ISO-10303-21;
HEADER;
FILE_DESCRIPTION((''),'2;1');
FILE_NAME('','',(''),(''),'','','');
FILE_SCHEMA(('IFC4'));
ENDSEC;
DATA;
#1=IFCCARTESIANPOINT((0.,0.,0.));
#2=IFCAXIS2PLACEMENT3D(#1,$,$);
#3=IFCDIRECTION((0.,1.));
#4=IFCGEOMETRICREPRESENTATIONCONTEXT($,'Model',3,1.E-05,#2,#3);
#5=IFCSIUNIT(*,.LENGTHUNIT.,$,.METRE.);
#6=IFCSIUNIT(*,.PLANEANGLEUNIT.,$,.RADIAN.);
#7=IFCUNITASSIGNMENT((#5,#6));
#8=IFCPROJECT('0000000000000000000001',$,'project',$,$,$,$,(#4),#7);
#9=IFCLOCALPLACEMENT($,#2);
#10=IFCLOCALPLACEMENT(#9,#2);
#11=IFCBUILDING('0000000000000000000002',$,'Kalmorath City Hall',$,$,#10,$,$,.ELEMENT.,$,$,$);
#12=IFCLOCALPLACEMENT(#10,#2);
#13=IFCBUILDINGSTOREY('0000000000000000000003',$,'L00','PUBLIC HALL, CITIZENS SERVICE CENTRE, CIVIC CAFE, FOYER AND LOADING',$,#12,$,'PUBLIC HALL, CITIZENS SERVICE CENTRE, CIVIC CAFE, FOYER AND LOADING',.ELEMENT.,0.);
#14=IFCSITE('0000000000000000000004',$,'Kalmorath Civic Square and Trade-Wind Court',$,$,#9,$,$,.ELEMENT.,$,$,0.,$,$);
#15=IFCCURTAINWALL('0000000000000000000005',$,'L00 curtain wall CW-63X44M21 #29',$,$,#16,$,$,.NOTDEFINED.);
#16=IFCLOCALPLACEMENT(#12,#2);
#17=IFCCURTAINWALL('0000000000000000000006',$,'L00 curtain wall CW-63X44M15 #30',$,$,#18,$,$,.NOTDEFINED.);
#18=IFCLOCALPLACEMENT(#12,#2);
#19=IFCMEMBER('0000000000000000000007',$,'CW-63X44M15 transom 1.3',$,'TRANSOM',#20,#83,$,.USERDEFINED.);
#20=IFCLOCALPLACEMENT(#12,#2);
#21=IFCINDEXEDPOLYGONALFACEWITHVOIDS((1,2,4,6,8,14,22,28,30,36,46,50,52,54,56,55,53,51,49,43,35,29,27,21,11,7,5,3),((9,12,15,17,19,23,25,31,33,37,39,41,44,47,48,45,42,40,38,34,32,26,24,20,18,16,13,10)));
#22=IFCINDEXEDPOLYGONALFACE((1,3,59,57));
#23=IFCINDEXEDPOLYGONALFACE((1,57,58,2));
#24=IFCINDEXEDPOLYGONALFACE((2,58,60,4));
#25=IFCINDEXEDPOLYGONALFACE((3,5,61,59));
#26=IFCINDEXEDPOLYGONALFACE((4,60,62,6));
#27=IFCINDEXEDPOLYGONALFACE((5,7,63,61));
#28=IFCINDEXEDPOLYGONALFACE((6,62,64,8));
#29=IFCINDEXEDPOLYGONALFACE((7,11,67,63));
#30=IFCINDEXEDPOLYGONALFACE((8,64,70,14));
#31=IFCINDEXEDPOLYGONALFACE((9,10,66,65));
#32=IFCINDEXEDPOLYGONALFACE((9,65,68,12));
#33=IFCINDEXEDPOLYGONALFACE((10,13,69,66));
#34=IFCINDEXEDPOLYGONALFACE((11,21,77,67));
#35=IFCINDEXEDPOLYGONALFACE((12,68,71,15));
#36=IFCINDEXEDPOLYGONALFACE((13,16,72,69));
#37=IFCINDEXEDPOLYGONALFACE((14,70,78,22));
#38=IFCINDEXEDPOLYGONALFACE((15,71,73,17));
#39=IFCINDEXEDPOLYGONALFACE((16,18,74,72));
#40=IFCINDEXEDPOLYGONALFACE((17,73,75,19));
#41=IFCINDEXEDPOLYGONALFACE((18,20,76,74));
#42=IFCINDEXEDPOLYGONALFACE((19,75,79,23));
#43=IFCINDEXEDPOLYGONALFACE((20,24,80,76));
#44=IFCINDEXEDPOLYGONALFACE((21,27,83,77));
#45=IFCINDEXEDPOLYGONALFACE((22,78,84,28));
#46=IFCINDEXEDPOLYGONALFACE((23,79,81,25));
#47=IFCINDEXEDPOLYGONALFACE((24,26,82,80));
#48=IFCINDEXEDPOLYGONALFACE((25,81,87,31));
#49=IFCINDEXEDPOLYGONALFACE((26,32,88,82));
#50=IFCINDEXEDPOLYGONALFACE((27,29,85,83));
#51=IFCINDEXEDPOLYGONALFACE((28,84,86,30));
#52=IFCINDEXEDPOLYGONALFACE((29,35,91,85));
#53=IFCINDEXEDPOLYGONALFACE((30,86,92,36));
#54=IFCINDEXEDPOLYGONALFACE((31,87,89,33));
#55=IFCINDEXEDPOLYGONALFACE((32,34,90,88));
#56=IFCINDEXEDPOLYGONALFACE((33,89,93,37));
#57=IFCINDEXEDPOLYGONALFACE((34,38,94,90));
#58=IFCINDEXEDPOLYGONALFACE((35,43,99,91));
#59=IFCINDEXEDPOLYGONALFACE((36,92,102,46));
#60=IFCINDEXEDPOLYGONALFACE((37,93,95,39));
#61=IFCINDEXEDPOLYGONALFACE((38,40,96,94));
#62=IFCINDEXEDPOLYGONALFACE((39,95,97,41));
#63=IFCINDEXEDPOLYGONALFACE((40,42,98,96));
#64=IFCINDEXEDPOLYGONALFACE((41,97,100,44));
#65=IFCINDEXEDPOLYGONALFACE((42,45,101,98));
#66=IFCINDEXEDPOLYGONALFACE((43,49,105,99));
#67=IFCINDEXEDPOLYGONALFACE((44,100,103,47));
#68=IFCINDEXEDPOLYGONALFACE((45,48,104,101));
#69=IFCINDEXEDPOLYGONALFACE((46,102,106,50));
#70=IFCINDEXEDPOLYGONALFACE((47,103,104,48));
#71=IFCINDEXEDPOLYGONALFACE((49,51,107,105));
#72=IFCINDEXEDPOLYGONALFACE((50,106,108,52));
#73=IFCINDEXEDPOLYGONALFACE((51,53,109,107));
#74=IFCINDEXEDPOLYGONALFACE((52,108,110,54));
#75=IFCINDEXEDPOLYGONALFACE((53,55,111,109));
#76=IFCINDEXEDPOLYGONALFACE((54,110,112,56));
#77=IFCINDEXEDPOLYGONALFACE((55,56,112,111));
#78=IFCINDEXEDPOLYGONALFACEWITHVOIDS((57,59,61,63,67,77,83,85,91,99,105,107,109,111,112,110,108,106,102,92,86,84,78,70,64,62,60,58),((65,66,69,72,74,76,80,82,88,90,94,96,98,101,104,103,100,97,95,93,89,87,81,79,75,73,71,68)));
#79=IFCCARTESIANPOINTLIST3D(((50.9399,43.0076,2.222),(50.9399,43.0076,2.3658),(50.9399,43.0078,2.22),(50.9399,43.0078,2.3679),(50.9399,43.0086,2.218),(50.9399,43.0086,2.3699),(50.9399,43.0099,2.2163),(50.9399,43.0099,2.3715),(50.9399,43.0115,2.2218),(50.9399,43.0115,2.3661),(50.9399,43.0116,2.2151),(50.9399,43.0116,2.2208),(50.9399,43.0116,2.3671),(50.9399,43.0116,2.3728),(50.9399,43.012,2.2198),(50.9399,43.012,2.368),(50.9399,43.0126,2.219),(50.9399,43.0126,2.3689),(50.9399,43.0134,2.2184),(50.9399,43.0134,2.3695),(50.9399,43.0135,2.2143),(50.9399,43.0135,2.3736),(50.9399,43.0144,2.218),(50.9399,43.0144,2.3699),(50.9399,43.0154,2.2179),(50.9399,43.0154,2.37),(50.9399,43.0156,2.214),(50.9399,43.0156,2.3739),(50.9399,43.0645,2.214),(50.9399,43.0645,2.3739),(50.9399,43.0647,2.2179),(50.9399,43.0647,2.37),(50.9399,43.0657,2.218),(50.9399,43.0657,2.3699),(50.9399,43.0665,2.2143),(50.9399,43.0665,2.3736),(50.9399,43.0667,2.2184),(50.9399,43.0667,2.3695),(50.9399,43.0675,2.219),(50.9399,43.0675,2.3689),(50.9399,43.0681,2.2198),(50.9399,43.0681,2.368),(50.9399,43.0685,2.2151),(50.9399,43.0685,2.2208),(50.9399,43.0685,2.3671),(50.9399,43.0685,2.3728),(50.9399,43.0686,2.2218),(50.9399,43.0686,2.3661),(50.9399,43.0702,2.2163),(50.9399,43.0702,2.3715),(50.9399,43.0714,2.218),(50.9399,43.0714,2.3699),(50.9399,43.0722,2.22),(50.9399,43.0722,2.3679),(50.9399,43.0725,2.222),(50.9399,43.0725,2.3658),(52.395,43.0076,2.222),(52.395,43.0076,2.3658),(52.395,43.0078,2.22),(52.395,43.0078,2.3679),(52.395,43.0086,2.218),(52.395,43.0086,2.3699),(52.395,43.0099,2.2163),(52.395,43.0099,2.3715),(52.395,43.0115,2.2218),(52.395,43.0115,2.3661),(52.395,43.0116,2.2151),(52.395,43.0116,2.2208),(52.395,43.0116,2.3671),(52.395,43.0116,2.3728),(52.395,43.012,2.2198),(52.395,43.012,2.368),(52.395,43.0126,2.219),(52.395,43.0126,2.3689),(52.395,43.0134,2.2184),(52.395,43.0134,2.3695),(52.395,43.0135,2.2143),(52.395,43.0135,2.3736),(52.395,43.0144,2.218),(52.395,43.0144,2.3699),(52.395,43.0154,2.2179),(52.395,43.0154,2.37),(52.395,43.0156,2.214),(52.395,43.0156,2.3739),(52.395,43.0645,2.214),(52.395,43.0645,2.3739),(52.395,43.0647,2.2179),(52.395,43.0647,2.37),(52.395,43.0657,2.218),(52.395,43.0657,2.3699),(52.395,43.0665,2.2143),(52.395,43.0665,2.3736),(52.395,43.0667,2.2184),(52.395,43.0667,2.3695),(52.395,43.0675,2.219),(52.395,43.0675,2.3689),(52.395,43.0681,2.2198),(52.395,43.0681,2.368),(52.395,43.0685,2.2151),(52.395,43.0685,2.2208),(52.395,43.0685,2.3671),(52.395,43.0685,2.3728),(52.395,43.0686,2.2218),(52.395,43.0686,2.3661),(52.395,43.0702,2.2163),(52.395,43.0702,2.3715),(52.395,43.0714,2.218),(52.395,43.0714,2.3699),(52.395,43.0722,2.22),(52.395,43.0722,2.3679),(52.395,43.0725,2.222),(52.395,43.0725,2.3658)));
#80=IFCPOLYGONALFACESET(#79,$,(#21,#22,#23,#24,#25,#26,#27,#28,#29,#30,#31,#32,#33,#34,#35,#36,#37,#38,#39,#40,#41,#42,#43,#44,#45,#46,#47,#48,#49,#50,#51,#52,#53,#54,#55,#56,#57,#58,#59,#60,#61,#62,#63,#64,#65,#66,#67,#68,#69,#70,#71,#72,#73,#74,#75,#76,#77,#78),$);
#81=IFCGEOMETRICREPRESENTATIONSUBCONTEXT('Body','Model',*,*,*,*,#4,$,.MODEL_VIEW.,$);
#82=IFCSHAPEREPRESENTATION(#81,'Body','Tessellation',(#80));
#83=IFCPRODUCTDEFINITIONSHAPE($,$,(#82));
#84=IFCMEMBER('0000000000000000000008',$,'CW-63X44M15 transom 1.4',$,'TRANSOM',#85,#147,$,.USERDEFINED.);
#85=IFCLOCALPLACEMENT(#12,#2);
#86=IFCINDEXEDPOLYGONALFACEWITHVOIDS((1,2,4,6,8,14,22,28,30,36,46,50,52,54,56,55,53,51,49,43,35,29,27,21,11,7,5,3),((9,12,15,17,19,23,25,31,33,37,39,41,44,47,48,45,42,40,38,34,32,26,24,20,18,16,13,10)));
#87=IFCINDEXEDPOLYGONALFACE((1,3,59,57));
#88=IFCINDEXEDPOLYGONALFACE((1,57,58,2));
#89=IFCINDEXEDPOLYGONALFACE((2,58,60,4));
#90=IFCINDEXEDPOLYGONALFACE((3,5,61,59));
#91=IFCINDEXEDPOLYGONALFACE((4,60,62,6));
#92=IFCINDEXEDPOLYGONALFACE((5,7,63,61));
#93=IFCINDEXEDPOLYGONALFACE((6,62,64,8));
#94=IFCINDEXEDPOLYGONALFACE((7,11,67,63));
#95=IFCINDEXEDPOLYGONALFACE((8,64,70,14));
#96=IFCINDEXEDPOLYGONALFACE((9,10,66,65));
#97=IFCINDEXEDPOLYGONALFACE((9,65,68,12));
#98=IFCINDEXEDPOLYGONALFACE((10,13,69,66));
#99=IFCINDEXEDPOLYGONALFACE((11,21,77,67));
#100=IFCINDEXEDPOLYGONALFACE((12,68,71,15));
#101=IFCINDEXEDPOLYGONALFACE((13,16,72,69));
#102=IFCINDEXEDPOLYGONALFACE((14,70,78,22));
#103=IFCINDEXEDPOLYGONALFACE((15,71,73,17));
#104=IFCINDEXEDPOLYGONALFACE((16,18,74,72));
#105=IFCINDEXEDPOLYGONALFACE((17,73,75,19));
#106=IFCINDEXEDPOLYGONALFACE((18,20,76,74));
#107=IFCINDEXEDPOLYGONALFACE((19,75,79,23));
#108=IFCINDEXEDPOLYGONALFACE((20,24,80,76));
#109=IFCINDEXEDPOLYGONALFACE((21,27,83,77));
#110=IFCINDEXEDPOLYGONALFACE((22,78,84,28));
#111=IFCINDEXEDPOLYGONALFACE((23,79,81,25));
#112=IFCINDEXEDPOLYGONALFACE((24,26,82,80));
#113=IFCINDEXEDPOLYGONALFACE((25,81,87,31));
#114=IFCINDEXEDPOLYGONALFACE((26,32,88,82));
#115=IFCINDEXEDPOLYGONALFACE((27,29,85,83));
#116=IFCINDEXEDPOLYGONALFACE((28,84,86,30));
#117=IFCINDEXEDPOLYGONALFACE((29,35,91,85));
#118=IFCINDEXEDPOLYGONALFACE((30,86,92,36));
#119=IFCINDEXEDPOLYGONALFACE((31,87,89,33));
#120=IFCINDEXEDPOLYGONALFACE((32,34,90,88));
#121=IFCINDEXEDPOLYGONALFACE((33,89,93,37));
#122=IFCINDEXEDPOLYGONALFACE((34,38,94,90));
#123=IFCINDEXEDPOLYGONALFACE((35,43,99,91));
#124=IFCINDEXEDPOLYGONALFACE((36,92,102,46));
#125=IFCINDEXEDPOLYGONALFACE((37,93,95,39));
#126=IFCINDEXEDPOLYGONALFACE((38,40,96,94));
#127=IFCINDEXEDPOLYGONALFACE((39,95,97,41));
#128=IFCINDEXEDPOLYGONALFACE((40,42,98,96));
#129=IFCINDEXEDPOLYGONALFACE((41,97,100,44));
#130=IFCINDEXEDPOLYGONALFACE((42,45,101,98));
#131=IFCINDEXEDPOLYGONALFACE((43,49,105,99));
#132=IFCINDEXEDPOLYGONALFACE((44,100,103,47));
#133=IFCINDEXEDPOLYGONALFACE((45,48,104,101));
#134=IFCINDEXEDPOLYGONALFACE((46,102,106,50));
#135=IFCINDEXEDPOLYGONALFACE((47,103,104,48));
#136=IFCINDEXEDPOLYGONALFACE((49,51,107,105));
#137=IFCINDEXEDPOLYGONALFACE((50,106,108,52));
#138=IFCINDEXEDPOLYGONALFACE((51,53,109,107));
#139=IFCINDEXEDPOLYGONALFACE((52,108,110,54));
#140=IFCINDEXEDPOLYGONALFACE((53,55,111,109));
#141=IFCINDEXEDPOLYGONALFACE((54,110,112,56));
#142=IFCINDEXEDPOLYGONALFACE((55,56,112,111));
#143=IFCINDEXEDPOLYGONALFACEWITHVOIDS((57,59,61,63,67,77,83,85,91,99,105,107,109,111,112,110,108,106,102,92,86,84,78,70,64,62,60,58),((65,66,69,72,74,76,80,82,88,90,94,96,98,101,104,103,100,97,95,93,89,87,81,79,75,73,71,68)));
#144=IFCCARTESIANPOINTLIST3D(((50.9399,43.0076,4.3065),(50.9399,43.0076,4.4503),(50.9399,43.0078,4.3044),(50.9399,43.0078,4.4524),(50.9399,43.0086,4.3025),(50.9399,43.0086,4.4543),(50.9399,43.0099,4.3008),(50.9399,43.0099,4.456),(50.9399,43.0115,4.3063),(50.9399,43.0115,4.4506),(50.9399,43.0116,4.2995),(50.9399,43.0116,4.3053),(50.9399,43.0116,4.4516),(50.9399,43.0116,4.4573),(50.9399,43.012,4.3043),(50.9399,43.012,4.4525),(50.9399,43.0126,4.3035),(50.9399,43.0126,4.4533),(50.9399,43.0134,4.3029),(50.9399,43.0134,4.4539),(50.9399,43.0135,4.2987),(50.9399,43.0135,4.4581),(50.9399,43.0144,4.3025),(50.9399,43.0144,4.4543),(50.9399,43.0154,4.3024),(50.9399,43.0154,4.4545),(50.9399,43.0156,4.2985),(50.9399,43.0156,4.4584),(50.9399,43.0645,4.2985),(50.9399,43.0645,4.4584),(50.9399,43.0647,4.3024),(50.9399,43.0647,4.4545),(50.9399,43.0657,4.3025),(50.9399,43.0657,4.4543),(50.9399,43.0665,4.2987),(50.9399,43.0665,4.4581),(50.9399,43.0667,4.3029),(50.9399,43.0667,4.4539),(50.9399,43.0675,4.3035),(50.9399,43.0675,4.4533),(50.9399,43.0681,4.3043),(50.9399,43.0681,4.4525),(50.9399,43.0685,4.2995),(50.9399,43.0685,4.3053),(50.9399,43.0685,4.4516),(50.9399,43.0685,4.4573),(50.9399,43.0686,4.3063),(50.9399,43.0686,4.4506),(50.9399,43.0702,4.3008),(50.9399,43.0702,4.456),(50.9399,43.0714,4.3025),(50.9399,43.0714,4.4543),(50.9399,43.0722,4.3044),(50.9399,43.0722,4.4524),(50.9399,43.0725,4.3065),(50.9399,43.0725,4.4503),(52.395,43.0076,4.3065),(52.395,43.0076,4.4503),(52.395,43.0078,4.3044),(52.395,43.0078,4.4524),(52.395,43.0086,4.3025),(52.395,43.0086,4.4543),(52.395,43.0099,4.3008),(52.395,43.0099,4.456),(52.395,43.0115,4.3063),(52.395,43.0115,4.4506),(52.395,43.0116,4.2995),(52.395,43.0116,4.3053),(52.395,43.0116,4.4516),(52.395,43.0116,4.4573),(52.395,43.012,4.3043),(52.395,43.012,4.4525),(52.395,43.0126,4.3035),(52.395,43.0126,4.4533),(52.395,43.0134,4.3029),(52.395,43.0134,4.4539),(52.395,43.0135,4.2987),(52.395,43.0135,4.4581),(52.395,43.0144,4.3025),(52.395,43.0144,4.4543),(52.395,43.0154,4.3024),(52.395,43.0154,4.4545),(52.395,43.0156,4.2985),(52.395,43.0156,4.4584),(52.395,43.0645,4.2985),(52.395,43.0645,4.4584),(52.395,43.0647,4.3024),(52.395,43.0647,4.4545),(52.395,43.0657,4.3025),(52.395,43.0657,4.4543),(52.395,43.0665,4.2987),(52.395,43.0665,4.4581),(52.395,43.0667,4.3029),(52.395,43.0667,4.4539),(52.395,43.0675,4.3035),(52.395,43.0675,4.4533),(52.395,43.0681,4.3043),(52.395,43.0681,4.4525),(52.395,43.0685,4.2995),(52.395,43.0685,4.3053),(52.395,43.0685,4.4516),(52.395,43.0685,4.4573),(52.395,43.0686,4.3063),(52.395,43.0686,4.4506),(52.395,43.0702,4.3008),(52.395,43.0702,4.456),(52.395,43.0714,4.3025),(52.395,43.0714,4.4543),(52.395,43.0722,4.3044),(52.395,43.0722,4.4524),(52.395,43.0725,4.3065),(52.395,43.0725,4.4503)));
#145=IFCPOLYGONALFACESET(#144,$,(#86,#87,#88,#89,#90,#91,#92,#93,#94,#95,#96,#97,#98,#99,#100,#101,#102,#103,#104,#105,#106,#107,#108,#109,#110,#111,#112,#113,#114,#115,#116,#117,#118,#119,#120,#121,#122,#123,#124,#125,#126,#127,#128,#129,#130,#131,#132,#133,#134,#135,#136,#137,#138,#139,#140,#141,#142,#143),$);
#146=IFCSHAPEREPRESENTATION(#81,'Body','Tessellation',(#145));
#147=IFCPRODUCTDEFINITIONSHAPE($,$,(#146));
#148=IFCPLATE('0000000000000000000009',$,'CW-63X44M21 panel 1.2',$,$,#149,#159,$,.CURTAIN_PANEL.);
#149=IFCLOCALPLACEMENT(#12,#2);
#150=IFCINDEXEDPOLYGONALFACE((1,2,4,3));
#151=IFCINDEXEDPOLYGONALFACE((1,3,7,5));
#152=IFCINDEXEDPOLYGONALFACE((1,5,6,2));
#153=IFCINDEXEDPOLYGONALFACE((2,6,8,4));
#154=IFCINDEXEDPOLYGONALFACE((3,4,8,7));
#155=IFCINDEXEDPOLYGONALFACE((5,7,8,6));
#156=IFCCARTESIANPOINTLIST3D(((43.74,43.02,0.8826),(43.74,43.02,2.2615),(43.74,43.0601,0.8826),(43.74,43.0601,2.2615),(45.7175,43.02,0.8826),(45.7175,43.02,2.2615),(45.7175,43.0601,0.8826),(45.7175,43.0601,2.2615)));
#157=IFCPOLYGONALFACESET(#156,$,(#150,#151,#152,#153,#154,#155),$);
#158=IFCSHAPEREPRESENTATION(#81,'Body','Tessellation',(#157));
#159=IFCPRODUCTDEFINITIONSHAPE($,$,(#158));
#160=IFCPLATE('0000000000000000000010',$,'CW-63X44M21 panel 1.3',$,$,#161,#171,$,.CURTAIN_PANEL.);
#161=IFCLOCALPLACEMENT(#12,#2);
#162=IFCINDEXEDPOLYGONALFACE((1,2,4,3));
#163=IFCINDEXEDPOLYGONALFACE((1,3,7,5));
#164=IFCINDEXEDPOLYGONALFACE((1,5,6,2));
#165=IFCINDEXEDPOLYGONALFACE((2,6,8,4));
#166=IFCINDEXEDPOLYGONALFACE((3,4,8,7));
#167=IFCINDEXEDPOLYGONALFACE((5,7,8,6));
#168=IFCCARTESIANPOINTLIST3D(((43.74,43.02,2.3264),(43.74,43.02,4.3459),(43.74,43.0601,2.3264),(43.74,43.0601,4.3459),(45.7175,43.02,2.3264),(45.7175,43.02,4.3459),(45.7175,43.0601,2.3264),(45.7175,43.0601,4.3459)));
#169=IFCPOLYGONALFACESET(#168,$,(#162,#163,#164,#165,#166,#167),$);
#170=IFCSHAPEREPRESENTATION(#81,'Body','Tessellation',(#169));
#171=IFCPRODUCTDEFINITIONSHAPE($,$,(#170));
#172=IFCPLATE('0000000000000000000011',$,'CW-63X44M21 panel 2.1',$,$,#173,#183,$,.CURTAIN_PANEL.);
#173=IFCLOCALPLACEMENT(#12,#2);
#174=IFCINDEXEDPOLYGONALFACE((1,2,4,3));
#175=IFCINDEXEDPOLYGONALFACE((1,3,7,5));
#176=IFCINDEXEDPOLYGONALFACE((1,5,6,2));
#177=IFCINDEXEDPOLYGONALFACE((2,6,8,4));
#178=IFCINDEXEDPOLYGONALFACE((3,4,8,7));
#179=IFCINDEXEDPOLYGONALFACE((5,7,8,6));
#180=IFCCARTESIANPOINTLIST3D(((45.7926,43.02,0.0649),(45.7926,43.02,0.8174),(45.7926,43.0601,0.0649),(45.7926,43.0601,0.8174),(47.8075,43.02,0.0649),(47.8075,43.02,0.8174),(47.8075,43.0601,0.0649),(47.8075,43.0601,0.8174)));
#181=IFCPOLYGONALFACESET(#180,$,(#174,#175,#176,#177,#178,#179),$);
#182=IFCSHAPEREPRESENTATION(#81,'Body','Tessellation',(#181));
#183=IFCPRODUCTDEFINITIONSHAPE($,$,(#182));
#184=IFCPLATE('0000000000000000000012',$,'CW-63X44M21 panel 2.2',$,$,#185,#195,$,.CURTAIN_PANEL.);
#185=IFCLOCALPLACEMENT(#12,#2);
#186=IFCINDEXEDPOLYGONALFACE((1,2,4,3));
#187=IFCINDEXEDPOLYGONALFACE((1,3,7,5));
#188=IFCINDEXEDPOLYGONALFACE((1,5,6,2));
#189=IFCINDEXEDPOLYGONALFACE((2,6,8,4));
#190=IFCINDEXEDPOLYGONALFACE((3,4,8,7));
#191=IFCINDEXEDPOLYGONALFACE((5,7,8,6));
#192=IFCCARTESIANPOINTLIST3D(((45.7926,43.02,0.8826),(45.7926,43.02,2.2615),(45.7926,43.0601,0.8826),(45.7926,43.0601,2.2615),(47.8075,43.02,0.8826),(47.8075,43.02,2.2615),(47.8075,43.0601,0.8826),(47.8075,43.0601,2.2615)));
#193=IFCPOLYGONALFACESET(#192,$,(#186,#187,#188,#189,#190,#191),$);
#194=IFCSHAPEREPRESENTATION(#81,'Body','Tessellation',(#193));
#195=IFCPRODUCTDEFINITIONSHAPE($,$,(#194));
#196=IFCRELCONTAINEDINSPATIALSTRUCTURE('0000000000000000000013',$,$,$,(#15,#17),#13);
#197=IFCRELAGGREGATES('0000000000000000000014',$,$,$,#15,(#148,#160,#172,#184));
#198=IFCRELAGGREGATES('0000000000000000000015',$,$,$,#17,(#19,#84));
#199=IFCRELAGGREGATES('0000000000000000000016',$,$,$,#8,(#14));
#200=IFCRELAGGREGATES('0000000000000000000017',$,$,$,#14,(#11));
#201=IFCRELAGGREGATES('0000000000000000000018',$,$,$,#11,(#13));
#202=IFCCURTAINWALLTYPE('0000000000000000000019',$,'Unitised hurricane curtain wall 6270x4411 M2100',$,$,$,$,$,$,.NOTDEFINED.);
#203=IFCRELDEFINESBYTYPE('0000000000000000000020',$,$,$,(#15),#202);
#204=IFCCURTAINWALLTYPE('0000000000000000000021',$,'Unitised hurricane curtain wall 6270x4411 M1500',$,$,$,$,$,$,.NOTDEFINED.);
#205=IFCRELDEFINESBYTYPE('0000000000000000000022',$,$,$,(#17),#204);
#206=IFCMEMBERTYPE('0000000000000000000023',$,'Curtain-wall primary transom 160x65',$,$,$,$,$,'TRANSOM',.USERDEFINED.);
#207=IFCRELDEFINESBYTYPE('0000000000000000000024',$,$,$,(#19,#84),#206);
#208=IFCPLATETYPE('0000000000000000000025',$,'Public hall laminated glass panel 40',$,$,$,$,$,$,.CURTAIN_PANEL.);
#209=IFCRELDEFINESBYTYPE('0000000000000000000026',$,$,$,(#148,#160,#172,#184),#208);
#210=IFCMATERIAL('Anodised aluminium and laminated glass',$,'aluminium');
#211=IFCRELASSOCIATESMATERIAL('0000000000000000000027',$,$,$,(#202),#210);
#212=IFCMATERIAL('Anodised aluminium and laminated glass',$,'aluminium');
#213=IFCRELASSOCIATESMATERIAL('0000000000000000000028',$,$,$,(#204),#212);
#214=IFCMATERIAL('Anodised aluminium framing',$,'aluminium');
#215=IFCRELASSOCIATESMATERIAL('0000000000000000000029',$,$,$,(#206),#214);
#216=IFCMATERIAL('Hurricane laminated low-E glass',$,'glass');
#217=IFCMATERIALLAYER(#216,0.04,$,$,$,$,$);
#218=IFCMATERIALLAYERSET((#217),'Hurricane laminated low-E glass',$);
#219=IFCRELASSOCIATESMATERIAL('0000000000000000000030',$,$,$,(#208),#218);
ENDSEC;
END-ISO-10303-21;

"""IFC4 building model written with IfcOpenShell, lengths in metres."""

from ifc_helpers import new_model, si_unit, direction, frame, origin, origin_2d, place, context, subcontext, project, spatial, rectangle, hollow_rectangle, extrude, material, layer, layer_set, material_profile, profile_set, type_object, element, aggregate, save


model = new_model("IFC4")

# Units and contexts
model_context = context("Model", 3, precision=1e-05, world=origin(), true_north=direction((0.0, 1.0)))
body_context = subcontext(model_context, "Body", "Model", "MODEL_VIEW")
ifc_project = project(units=[si_unit("LENGTHUNIT", "METRE"), si_unit("PLANEANGLEUNIT", "RADIAN")], contexts=[model_context])

# Site, building, storey
site_placement = place(None, origin())
site = spatial("IfcSite", under=ifc_project, at=site_placement, Name="Kalmorath Civic Square and Trade-Wind Court", CompositionType="ELEMENT", RefElevation=0.0)
building_placement = place(site_placement, origin())
building = spatial("IfcBuilding", under=site, at=building_placement, Name="Kalmorath City Hall", CompositionType="ELEMENT")
storey_placement = place(building_placement, origin())
storey = spatial("IfcBuildingStorey", under=building, at=storey_placement, Name="L00", Description="PUBLIC HALL, CITIZENS SERVICE CENTRE, CIVIC CAFE, FOYER AND LOADING", LongName="PUBLIC HALL, CITIZENS SERVICE CENTRE, CIVIC CAFE, FOYER AND LOADING", CompositionType="ELEMENT", Elevation=0.0)

# Curtain wall
ifc_material_1 = material(Name="Anodised aluminium and laminated glass", Category="aluminium")
curtain_wall_type_1 = type_object("IfcCurtainWallType", Name="Unitised hurricane curtain wall 6270x4411 M2100", PredefinedType="NOTDEFINED", material=ifc_material_1)
curtain_wall_1_placement = place(storey_placement, origin())
curtain_wall_1 = element("IfcCurtainWall", 1, at=curtain_wall_1_placement, inside=storey, type_object=curtain_wall_type_1, Name="L00 curtain wall CW-63X44M21 #29", PredefinedType="NOTDEFINED")

# Curtain wall
ifc_material_2 = material(Name="Anodised aluminium and laminated glass", Category="aluminium")
curtain_wall_type_2 = type_object("IfcCurtainWallType", Name="Unitised hurricane curtain wall 6270x4411 M1500", PredefinedType="NOTDEFINED", material=ifc_material_2)
curtain_wall_2_placement = place(storey_placement, origin())
curtain_wall_2 = element("IfcCurtainWall", 2, at=curtain_wall_2_placement, inside=storey, type_object=curtain_wall_type_2, Name="L00 curtain wall CW-63X44M15 #30", PredefinedType="NOTDEFINED")

# Members
ifc_material_3 = material(Name="Anodised aluminium framing", Category="aluminium")
ifc_material_profile_1 = material_profile(ifc_material_3, hollow_rectangle(XDim=0.0649, YDim=0.1599, WallThickness=0.0039, InnerFilletRadius=0.0039, OuterFilletRadius=0.0081, at=origin_2d()), Name="ALU-TRN-160X65X4")
ifc_profile_set_1 = profile_set([ifc_material_profile_1], Name="Anodised aluminium framing")
member_type_1 = type_object("IfcMemberType", Name="Curtain-wall primary transom 160x65", ElementType="TRANSOM", PredefinedType="USERDEFINED", material=ifc_profile_set_1)
member_1_placement = place(storey_placement, frame((50.9399, 43.04, 2.2939), z_axis=(1.0, 0.0, 0.0), x_axis=(0.0, 1.0, 0.0)))
member_1 = element("IfcMember", 3, at=member_1_placement, type_object=member_type_1, Name="CW-63X44M15 transom 1.3", ObjectType="TRANSOM", PredefinedType="USERDEFINED", context=body_context, shape_type="SweptSolid", body=[
    extrude(hollow_rectangle(XDim=0.0649, YDim=0.1599, WallThickness=0.0039, InnerFilletRadius=0.0039, OuterFilletRadius=0.0081, at=origin_2d()), origin(), (0.0, 0.0, 1.0), 1.4551),
])
member_2_placement = place(storey_placement, frame((50.9399, 43.04, 4.3784), z_axis=(1.0, 0.0, 0.0), x_axis=(0.0, 1.0, 0.0)))
member_2 = element("IfcMember", 4, at=member_2_placement, type_object=member_type_1, Name="CW-63X44M15 transom 1.4", ObjectType="TRANSOM", PredefinedType="USERDEFINED", context=body_context, shape_type="SweptSolid", body=[
    extrude(hollow_rectangle(XDim=0.0649, YDim=0.1599, WallThickness=0.0039, InnerFilletRadius=0.0039, OuterFilletRadius=0.0081, at=origin_2d()), origin(), (0.0, 0.0, 1.0), 1.4551),
])

# Plates
ifc_material_4 = material(Name="Hurricane laminated low-E glass", Category="glass")
ifc_layer = layer(ifc_material_4, 0.04)
ifc_layer_set = layer_set([ifc_layer], Name="Hurricane laminated low-E glass")
plate_type = type_object("IfcPlateType", Name="Public hall laminated glass panel 40", PredefinedType="CURTAIN_PANEL", material=ifc_layer_set)
plate_1_placement = place(storey_placement, frame((44.7288, 43.04, 0.8826), z_axis=(0.0, 0.0, 1.0), x_axis=(1.0, 0.0, 0.0)))
plate_1 = element("IfcPlate", 5, at=plate_1_placement, type_object=plate_type, Name="CW-63X44M21 panel 1.2", PredefinedType="CURTAIN_PANEL", context=body_context, shape_type="SweptSolid", body=[
    extrude(rectangle(XDim=1.9775, YDim=0.04, at=origin_2d()), origin(), (0.0, 0.0, 1.0), 1.3789),
])
plate_2_placement = place(storey_placement, frame((44.7288, 43.04, 2.3264), z_axis=(0.0, 0.0, 1.0), x_axis=(1.0, 0.0, 0.0)))
plate_2 = element("IfcPlate", 6, at=plate_2_placement, type_object=plate_type, Name="CW-63X44M21 panel 1.3", PredefinedType="CURTAIN_PANEL", context=body_context, shape_type="SweptSolid", body=[
    extrude(rectangle(XDim=1.9775, YDim=0.04, at=origin_2d()), origin(), (0.0, 0.0, 1.0), 2.0195),
])
plate_3_placement = place(storey_placement, frame((46.8, 43.04, 0.0649), z_axis=(0.0, 0.0, 1.0), x_axis=(1.0, 0.0, 0.0)))
plate_3 = element("IfcPlate", 7, at=plate_3_placement, type_object=plate_type, Name="CW-63X44M21 panel 2.1", PredefinedType="CURTAIN_PANEL", context=body_context, shape_type="SweptSolid", body=[
    extrude(rectangle(XDim=2.0149, YDim=0.04, at=origin_2d()), origin(), (0.0, 0.0, 1.0), 0.7524),
])
plate_4_placement = place(storey_placement, frame((46.8, 43.04, 0.8826), z_axis=(0.0, 0.0, 1.0), x_axis=(1.0, 0.0, 0.0)))
plate_4 = element("IfcPlate", 8, at=plate_4_placement, type_object=plate_type, Name="CW-63X44M21 panel 2.2", PredefinedType="CURTAIN_PANEL", context=body_context, shape_type="SweptSolid", body=[
    extrude(rectangle(XDim=2.0149, YDim=0.04, at=origin_2d()), origin(), (0.0, 0.0, 1.0), 1.3789),
])
aggregate(curtain_wall_1, [plate_1, plate_2, plate_3, plate_4])
aggregate(curtain_wall_2, [member_1, member_2])

save(model, "model.ifc")
